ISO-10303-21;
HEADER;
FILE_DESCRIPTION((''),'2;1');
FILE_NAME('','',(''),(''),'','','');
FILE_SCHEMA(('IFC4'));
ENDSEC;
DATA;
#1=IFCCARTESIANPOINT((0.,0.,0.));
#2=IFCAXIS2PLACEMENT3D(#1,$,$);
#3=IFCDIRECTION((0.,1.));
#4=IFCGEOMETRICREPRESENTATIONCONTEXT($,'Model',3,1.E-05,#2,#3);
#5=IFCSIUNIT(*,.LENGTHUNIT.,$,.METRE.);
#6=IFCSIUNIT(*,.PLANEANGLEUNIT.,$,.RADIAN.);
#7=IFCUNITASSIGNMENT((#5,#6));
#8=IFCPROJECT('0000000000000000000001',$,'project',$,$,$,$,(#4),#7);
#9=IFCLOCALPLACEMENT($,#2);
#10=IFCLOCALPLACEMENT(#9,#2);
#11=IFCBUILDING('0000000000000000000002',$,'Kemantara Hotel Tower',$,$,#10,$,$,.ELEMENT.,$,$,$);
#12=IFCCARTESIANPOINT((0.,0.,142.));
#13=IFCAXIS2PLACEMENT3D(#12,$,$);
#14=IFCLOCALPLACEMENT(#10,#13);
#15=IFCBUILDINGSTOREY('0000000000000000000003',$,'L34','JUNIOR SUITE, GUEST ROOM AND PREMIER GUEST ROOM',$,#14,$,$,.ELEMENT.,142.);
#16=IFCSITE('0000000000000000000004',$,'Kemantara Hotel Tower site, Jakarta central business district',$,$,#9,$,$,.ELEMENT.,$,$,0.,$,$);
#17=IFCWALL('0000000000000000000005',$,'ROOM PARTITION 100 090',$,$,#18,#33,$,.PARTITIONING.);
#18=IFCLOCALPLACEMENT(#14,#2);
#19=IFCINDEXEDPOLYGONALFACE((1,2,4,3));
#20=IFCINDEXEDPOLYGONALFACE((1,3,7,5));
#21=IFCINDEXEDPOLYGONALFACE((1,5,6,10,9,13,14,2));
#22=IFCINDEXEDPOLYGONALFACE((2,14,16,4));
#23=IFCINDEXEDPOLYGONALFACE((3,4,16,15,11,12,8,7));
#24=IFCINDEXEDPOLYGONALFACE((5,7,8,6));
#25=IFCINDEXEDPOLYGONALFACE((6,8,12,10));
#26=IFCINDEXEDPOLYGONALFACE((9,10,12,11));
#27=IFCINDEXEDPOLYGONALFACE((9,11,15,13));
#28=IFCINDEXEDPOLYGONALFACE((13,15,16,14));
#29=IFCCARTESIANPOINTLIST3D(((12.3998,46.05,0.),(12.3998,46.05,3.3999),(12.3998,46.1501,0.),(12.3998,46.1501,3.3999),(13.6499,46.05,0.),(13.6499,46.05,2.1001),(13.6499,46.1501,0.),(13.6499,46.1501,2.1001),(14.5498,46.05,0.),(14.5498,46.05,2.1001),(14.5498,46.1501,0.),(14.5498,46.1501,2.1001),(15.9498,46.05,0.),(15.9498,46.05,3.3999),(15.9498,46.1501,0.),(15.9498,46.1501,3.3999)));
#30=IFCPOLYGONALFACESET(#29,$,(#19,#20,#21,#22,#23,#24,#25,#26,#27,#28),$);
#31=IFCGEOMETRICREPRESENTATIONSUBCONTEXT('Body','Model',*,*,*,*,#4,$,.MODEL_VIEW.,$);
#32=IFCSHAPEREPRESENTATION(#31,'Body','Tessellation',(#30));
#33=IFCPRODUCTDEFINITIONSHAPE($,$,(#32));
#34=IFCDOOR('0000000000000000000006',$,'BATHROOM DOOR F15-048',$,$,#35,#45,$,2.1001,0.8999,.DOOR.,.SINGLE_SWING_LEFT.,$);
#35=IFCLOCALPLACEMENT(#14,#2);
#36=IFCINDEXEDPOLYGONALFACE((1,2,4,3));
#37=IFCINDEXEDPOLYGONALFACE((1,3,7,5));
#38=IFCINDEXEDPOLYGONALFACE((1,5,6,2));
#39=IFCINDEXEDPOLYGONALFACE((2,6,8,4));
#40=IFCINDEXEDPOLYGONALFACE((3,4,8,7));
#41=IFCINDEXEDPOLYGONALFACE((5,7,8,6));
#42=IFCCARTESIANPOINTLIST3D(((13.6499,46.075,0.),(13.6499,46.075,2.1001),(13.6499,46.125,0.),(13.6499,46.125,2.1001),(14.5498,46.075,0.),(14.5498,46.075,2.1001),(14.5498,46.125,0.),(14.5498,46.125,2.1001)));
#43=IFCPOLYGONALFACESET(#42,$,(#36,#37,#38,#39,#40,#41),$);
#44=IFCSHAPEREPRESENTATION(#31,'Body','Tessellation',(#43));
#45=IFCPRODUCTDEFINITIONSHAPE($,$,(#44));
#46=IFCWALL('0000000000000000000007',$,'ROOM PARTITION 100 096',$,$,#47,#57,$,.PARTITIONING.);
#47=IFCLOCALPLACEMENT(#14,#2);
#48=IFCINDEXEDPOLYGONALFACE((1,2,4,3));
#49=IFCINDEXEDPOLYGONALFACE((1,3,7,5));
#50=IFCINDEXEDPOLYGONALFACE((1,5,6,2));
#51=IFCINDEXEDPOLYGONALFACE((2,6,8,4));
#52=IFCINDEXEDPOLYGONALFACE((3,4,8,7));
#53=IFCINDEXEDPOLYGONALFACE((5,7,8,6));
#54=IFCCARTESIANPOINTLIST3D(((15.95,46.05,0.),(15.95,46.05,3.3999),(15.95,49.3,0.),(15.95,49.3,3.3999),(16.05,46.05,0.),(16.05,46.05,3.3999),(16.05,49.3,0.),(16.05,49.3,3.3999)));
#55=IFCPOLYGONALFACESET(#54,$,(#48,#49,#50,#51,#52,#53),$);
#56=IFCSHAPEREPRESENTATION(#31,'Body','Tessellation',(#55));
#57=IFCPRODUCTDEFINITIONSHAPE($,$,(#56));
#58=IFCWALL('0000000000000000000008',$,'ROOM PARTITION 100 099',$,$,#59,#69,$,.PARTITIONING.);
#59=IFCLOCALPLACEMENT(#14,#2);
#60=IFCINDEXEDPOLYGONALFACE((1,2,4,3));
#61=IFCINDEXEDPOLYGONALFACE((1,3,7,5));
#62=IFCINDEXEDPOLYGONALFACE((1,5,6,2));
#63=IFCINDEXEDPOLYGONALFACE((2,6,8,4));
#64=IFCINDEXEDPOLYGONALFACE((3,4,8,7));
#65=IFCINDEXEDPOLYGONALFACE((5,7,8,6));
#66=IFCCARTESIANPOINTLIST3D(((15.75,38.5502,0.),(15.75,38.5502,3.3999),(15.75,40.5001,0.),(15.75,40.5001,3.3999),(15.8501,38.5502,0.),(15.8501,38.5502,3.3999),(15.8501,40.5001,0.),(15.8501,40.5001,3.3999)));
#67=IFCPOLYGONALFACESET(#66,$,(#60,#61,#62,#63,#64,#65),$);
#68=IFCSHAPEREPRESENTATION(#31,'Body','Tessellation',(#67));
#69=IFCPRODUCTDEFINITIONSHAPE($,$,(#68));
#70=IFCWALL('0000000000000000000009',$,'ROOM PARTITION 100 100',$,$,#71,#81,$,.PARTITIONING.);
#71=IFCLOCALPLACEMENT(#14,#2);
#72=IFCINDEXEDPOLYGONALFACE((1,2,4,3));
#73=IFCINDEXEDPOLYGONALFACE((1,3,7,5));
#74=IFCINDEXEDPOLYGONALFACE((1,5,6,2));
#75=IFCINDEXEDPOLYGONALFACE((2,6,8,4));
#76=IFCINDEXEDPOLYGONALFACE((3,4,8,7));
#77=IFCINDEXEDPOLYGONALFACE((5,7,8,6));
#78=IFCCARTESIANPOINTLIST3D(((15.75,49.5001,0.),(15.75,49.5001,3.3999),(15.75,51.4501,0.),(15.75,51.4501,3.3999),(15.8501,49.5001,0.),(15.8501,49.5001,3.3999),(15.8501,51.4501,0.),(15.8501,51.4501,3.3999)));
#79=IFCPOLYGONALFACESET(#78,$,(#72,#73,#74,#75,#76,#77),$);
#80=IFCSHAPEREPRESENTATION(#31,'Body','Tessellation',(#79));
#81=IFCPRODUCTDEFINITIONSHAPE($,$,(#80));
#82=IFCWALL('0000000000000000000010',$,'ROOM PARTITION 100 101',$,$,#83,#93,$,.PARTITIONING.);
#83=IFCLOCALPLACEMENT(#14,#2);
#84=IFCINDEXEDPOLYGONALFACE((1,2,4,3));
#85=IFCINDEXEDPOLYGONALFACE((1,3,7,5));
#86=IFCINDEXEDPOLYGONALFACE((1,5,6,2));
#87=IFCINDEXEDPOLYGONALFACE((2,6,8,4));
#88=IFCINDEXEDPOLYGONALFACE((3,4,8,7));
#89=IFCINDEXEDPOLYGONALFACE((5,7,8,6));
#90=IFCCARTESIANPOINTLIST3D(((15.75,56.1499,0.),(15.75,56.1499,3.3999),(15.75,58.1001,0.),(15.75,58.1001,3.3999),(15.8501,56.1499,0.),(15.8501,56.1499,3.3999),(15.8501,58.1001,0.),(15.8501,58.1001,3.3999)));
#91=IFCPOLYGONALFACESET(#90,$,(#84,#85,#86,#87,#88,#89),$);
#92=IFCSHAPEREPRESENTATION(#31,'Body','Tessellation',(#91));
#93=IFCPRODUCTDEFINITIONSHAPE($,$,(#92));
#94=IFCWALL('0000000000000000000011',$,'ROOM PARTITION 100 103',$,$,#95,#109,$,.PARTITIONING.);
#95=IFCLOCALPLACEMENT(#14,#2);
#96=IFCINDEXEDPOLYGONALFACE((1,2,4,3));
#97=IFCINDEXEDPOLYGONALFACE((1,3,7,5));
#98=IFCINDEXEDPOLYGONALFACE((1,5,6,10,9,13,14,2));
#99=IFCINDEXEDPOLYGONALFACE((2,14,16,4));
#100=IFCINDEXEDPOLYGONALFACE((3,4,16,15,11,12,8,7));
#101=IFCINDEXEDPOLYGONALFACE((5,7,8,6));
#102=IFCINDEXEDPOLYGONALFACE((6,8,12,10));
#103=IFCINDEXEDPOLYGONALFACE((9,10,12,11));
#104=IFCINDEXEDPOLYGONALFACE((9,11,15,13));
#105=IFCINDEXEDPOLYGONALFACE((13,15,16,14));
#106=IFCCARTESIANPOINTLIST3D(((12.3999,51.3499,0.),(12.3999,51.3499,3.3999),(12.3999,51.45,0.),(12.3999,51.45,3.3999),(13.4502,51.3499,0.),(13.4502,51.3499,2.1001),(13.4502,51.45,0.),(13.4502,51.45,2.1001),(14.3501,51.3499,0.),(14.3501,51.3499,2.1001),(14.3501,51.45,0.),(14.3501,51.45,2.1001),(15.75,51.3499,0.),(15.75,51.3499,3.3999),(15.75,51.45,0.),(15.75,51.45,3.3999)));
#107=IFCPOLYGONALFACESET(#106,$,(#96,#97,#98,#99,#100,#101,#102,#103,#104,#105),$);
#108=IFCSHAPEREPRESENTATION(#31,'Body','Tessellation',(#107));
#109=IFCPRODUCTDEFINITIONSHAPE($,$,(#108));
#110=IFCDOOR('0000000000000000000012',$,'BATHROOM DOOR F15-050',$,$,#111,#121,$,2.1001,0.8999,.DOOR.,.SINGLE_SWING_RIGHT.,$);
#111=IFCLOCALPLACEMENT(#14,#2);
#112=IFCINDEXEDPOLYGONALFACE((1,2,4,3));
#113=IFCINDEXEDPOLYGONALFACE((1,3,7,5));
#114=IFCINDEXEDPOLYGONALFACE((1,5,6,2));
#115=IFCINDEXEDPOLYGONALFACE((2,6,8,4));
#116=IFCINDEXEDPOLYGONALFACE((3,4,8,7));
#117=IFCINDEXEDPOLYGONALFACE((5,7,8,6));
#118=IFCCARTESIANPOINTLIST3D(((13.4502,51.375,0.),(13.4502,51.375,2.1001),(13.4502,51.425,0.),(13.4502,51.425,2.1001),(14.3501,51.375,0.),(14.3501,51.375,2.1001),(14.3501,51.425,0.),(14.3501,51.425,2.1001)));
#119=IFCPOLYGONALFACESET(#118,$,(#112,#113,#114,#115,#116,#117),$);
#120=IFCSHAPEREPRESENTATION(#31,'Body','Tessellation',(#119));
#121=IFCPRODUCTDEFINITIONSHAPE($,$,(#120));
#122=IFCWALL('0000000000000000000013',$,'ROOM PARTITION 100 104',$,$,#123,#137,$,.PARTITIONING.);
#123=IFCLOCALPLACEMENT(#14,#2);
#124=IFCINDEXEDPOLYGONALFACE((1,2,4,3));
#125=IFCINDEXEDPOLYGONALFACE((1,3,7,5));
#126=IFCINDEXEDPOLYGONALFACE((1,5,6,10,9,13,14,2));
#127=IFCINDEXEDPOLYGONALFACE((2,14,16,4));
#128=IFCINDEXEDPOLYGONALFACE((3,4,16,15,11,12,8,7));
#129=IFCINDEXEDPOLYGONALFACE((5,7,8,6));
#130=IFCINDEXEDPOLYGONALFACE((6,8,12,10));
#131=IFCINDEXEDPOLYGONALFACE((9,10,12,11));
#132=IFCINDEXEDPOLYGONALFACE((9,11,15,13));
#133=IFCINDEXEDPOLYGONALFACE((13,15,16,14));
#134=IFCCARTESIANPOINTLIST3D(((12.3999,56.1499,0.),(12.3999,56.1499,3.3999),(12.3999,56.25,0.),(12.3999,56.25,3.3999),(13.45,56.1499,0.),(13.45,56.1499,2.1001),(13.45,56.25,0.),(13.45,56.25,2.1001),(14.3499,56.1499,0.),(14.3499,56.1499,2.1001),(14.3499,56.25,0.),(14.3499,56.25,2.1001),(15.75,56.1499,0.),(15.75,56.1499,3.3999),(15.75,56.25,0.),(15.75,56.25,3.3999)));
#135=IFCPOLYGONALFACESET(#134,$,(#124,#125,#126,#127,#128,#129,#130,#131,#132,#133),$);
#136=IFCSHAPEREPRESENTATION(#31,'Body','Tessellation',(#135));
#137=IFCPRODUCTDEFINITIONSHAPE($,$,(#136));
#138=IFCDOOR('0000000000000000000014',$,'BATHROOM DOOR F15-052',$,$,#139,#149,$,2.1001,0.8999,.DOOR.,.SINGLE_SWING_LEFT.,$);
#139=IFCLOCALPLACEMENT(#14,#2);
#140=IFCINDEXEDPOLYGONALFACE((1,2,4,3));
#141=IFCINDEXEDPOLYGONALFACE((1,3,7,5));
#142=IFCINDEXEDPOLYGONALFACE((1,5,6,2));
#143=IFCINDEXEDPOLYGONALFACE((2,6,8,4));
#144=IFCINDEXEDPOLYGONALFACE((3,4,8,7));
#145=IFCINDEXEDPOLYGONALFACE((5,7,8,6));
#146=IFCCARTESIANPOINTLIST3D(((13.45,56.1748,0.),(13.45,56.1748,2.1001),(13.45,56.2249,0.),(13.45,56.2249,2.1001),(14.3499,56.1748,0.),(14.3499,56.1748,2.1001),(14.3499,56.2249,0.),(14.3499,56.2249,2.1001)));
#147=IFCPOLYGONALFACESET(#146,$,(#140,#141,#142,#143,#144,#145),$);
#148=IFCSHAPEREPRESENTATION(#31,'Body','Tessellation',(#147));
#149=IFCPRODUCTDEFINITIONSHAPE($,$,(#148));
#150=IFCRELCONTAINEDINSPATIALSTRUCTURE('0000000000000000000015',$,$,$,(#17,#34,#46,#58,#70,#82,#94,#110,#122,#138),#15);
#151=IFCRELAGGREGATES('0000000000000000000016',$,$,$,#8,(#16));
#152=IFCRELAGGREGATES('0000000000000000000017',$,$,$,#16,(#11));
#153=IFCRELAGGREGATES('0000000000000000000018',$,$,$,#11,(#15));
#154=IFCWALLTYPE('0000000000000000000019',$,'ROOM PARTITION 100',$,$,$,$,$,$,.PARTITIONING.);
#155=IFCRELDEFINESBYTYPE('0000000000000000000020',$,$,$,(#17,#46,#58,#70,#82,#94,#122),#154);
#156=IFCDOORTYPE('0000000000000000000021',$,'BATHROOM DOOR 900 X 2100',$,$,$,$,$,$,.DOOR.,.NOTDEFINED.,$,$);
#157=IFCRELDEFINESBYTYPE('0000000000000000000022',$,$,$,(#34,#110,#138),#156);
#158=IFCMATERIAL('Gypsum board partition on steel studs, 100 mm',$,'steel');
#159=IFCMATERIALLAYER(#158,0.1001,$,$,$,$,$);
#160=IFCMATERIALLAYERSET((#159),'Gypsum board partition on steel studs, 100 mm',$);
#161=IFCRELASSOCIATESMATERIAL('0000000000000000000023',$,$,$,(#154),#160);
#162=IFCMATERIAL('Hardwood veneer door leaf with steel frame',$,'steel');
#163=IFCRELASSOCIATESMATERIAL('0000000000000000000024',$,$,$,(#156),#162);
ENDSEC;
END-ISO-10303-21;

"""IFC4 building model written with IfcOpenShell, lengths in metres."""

from ifc_helpers import new_model, si_unit, direction, frame, frame_2d, origin, place, context, subcontext, project, spatial, rectangle, extrude, material, layer, layer_set, type_object, element, fill, save


model = new_model("IFC4")

# Units and contexts
model_context = context("Model", 3, precision=1e-05, world=origin(), true_north=direction((0.0, 1.0)))
body_context = subcontext(model_context, "Body", "Model", "MODEL_VIEW")
ifc_project = project(units=[si_unit("LENGTHUNIT", "METRE"), si_unit("PLANEANGLEUNIT", "RADIAN")], contexts=[model_context])

# Site, building, storey
site_placement = place(None, origin())
site = spatial("IfcSite", under=ifc_project, at=site_placement, Name="Kemantara Hotel Tower site, Jakarta central business district", CompositionType="ELEMENT", RefElevation=0.0)
building_placement = place(site_placement, origin())
building = spatial("IfcBuilding", under=site, at=building_placement, Name="Kemantara Hotel Tower", CompositionType="ELEMENT")
storey_placement = place(building_placement, frame((0.0, 0.0, 142.0)))
storey = spatial("IfcBuildingStorey", under=building, at=storey_placement, Name="L34", Description="JUNIOR SUITE, GUEST ROOM AND PREMIER GUEST ROOM", CompositionType="ELEMENT", Elevation=142.0)

# Wall, opening, door
ifc_material_1 = material(Name="Gypsum board partition on steel studs, 100 mm", Category="steel")
ifc_layer_1 = layer(ifc_material_1, 0.1001)
ifc_layer_set_1 = layer_set([ifc_layer_1], Name="Gypsum board partition on steel studs, 100 mm")
wall_type_1 = type_object("IfcWallType", Name="ROOM PARTITION 100", PredefinedType="PARTITIONING", material=ifc_layer_set_1)
wall_1_placement = place(storey_placement, frame((12.3999, 46.1001, 0.0), z_axis=(0.0, 0.0, 1.0), x_axis=(1.0, 0.0, 0.0)))
wall_1 = element("IfcWall", 1, at=wall_1_placement, inside=storey, type_object=wall_type_1, Name="ROOM PARTITION 100 090", PredefinedType="PARTITIONING", context=body_context, shape_type="SweptSolid", body=[
    extrude(rectangle(XDim=3.55, YDim=0.1001, at=frame_2d((1.7749, 0.0))), origin(), (0.0, 0.0, 1.0), 3.3999),
])
opening_1_placement = place(wall_1_placement, frame((1.25, 0.0, 0.0)))
opening_1 = element("IfcOpeningElement", 2, at=opening_1_placement, cuts=wall_1, PredefinedType="OPENING", context=body_context, shape_type="SweptSolid", body=[
    extrude(rectangle(XDim=0.8999, YDim=2.1001, at=frame_2d((0.45, 1.05))), frame((0.0, 0.0601, 0.0), z_axis=(0.0, -1.0, 0.0), x_axis=(1.0, 0.0, 0.0)), (0.0, 0.0, 1.0), 0.1201),
])
ifc_material_2 = material(Name="Hardwood veneer door leaf with steel frame", Category="steel")
door_type = type_object("IfcDoorType", Name="BATHROOM DOOR 900 X 2100", OperationType="NOTDEFINED", PredefinedType="DOOR", material=ifc_material_2)
door_1_placement = place(opening_1_placement, origin())
door_1 = element("IfcDoor", 3, at=door_1_placement, inside=storey, type_object=door_type, Name="BATHROOM DOOR F15-048", OperationType="SINGLE_SWING_LEFT", OverallHeight=2.1001, OverallWidth=0.8999, PredefinedType="DOOR", context=body_context, shape_type="SweptSolid", body=[
    extrude(rectangle(XDim=0.8999, YDim=2.1001, at=frame_2d((0.45, 1.05))), frame((0.0, 0.0249, 0.0), z_axis=(0.0, -1.0, 0.0), x_axis=(1.0, 0.0, 0.0)), (0.0, 0.0, 1.0), 0.05),
])
fill(opening_1, door_1)

# Walls
wall_2_placement = place(storey_placement, frame((16.0, 46.05, 0.0), z_axis=(0.0, 0.0, 1.0), x_axis=(0.0, 1.0, 0.0)))
element("IfcWall", 4, at=wall_2_placement, inside=storey, type_object=wall_type_1, Name="ROOM PARTITION 100 096", PredefinedType="PARTITIONING", context=body_context, shape_type="SweptSolid", body=[
    extrude(rectangle(XDim=3.25, YDim=0.1001, at=frame_2d((1.625, 0.0))), origin(), (0.0, 0.0, 1.0), 3.3999),
])
for number, where, z_axis, x_axis, name in (
    (5, (15.8, 38.55, 0.0), (0.0, 0.0, 1.0), (0.0, 1.0, 0.0), "ROOM PARTITION 100 099"),
    (6, (15.8, 49.5, 0.0), (0.0, 0.0, 1.0), (0.0, 1.0, 0.0), "ROOM PARTITION 100 100"),
):
    element("IfcWall", number, at=place(storey_placement, frame(where, z_axis=z_axis, x_axis=x_axis)), inside=storey, type_object=wall_type_1, Name=name, PredefinedType="PARTITIONING", context=body_context, shape_type="SweptSolid", body=[
        extrude(rectangle(XDim=1.95, YDim=0.1001, at=frame_2d((0.9751, 0.0))), origin(), (0.0, 0.0, 1.0), 3.3999),
    ])
wall_3_placement = place(storey_placement, frame((15.8, 56.1499, 0.0), z_axis=(0.0, 0.0, 1.0), x_axis=(0.0, 1.0, 0.0)))
element("IfcWall", 7, at=wall_3_placement, inside=storey, type_object=wall_type_1, Name="ROOM PARTITION 100 101", PredefinedType="PARTITIONING", context=body_context, shape_type="SweptSolid", body=[
    extrude(rectangle(XDim=1.9502, YDim=0.1001, at=frame_2d((0.9751, 0.0))), origin(), (0.0, 0.0, 1.0), 3.3999),
])

# Walls, openings, doors
wall_4_placement = place(storey_placement, frame((15.75, 51.3999, 0.0), z_axis=(0.0, 0.0, 1.0), x_axis=(-1.0, 0.0, 0.0)))
wall_4 = element("IfcWall", 8, at=wall_4_placement, inside=storey, type_object=wall_type_1, Name="ROOM PARTITION 100 103", PredefinedType="PARTITIONING", context=body_context, shape_type="SweptSolid", body=[
    extrude(rectangle(XDim=3.3501, YDim=0.1001, at=frame_2d((1.675, 0.0))), origin(), (0.0, 0.0, 1.0), 3.3999),
])
opening_2_placement = place(wall_4_placement, frame((1.3999, 0.0, 0.0)))
opening_2 = element("IfcOpeningElement", 9, at=opening_2_placement, cuts=wall_4, PredefinedType="OPENING", context=body_context, shape_type="SweptSolid", body=[
    extrude(rectangle(XDim=0.8999, YDim=2.1001, at=frame_2d((0.45, 1.05))), frame((0.0, 0.0601, 0.0), z_axis=(0.0, -1.0, 0.0), x_axis=(1.0, 0.0, 0.0)), (0.0, 0.0, 1.0), 0.1201),
])
door_2_placement = place(opening_2_placement, origin())
door_2 = element("IfcDoor", 10, at=door_2_placement, inside=storey, type_object=door_type, Name="BATHROOM DOOR F15-050", OperationType="SINGLE_SWING_RIGHT", OverallHeight=2.1001, OverallWidth=0.8999, PredefinedType="DOOR", context=body_context, shape_type="SweptSolid", body=[
    extrude(rectangle(XDim=0.8999, YDim=2.1001, at=frame_2d((0.45, 1.05))), frame((0.0, 0.0249, 0.0), z_axis=(0.0, -1.0, 0.0), x_axis=(1.0, 0.0, 0.0)), (0.0, 0.0, 1.0), 0.05),
])
fill(opening_2, door_2)
wall_5_placement = place(storey_placement, frame((12.3999, 56.2, 0.0), z_axis=(0.0, 0.0, 1.0), x_axis=(1.0, 0.0, 0.0)))
wall_5 = element("IfcWall", 11, at=wall_5_placement, inside=storey, type_object=wall_type_1, Name="ROOM PARTITION 100 104", PredefinedType="PARTITIONING", context=body_context, shape_type="SweptSolid", body=[
    extrude(rectangle(XDim=3.3501, YDim=0.1001, at=frame_2d((1.675, 0.0))), origin(), (0.0, 0.0, 1.0), 3.3999),
])
opening_3_placement = place(wall_5_placement, frame((1.05, 0.0, 0.0)))
opening_3 = element("IfcOpeningElement", 12, at=opening_3_placement, cuts=wall_5, PredefinedType="OPENING", context=body_context, shape_type="SweptSolid", body=[
    extrude(rectangle(XDim=0.8999, YDim=2.1001, at=frame_2d((0.45, 1.05))), frame((0.0, 0.0601, 0.0), z_axis=(0.0, -1.0, 0.0), x_axis=(1.0, 0.0, 0.0)), (0.0, 0.0, 1.0), 0.1201),
])
door_3_placement = place(opening_3_placement, origin())
door_3 = element("IfcDoor", 13, at=door_3_placement, inside=storey, type_object=door_type, Name="BATHROOM DOOR F15-052", OperationType="SINGLE_SWING_LEFT", OverallHeight=2.1001, OverallWidth=0.8999, PredefinedType="DOOR", context=body_context, shape_type="SweptSolid", body=[
    extrude(rectangle(XDim=0.8999, YDim=2.1001, at=frame_2d((0.45, 1.05))), frame((0.0, 0.0249, 0.0), z_axis=(0.0, -1.0, 0.0), x_axis=(1.0, 0.0, 0.0)), (0.0, 0.0, 1.0), 0.05),
])
fill(opening_3, door_3)

save(model, "model.ifc")
